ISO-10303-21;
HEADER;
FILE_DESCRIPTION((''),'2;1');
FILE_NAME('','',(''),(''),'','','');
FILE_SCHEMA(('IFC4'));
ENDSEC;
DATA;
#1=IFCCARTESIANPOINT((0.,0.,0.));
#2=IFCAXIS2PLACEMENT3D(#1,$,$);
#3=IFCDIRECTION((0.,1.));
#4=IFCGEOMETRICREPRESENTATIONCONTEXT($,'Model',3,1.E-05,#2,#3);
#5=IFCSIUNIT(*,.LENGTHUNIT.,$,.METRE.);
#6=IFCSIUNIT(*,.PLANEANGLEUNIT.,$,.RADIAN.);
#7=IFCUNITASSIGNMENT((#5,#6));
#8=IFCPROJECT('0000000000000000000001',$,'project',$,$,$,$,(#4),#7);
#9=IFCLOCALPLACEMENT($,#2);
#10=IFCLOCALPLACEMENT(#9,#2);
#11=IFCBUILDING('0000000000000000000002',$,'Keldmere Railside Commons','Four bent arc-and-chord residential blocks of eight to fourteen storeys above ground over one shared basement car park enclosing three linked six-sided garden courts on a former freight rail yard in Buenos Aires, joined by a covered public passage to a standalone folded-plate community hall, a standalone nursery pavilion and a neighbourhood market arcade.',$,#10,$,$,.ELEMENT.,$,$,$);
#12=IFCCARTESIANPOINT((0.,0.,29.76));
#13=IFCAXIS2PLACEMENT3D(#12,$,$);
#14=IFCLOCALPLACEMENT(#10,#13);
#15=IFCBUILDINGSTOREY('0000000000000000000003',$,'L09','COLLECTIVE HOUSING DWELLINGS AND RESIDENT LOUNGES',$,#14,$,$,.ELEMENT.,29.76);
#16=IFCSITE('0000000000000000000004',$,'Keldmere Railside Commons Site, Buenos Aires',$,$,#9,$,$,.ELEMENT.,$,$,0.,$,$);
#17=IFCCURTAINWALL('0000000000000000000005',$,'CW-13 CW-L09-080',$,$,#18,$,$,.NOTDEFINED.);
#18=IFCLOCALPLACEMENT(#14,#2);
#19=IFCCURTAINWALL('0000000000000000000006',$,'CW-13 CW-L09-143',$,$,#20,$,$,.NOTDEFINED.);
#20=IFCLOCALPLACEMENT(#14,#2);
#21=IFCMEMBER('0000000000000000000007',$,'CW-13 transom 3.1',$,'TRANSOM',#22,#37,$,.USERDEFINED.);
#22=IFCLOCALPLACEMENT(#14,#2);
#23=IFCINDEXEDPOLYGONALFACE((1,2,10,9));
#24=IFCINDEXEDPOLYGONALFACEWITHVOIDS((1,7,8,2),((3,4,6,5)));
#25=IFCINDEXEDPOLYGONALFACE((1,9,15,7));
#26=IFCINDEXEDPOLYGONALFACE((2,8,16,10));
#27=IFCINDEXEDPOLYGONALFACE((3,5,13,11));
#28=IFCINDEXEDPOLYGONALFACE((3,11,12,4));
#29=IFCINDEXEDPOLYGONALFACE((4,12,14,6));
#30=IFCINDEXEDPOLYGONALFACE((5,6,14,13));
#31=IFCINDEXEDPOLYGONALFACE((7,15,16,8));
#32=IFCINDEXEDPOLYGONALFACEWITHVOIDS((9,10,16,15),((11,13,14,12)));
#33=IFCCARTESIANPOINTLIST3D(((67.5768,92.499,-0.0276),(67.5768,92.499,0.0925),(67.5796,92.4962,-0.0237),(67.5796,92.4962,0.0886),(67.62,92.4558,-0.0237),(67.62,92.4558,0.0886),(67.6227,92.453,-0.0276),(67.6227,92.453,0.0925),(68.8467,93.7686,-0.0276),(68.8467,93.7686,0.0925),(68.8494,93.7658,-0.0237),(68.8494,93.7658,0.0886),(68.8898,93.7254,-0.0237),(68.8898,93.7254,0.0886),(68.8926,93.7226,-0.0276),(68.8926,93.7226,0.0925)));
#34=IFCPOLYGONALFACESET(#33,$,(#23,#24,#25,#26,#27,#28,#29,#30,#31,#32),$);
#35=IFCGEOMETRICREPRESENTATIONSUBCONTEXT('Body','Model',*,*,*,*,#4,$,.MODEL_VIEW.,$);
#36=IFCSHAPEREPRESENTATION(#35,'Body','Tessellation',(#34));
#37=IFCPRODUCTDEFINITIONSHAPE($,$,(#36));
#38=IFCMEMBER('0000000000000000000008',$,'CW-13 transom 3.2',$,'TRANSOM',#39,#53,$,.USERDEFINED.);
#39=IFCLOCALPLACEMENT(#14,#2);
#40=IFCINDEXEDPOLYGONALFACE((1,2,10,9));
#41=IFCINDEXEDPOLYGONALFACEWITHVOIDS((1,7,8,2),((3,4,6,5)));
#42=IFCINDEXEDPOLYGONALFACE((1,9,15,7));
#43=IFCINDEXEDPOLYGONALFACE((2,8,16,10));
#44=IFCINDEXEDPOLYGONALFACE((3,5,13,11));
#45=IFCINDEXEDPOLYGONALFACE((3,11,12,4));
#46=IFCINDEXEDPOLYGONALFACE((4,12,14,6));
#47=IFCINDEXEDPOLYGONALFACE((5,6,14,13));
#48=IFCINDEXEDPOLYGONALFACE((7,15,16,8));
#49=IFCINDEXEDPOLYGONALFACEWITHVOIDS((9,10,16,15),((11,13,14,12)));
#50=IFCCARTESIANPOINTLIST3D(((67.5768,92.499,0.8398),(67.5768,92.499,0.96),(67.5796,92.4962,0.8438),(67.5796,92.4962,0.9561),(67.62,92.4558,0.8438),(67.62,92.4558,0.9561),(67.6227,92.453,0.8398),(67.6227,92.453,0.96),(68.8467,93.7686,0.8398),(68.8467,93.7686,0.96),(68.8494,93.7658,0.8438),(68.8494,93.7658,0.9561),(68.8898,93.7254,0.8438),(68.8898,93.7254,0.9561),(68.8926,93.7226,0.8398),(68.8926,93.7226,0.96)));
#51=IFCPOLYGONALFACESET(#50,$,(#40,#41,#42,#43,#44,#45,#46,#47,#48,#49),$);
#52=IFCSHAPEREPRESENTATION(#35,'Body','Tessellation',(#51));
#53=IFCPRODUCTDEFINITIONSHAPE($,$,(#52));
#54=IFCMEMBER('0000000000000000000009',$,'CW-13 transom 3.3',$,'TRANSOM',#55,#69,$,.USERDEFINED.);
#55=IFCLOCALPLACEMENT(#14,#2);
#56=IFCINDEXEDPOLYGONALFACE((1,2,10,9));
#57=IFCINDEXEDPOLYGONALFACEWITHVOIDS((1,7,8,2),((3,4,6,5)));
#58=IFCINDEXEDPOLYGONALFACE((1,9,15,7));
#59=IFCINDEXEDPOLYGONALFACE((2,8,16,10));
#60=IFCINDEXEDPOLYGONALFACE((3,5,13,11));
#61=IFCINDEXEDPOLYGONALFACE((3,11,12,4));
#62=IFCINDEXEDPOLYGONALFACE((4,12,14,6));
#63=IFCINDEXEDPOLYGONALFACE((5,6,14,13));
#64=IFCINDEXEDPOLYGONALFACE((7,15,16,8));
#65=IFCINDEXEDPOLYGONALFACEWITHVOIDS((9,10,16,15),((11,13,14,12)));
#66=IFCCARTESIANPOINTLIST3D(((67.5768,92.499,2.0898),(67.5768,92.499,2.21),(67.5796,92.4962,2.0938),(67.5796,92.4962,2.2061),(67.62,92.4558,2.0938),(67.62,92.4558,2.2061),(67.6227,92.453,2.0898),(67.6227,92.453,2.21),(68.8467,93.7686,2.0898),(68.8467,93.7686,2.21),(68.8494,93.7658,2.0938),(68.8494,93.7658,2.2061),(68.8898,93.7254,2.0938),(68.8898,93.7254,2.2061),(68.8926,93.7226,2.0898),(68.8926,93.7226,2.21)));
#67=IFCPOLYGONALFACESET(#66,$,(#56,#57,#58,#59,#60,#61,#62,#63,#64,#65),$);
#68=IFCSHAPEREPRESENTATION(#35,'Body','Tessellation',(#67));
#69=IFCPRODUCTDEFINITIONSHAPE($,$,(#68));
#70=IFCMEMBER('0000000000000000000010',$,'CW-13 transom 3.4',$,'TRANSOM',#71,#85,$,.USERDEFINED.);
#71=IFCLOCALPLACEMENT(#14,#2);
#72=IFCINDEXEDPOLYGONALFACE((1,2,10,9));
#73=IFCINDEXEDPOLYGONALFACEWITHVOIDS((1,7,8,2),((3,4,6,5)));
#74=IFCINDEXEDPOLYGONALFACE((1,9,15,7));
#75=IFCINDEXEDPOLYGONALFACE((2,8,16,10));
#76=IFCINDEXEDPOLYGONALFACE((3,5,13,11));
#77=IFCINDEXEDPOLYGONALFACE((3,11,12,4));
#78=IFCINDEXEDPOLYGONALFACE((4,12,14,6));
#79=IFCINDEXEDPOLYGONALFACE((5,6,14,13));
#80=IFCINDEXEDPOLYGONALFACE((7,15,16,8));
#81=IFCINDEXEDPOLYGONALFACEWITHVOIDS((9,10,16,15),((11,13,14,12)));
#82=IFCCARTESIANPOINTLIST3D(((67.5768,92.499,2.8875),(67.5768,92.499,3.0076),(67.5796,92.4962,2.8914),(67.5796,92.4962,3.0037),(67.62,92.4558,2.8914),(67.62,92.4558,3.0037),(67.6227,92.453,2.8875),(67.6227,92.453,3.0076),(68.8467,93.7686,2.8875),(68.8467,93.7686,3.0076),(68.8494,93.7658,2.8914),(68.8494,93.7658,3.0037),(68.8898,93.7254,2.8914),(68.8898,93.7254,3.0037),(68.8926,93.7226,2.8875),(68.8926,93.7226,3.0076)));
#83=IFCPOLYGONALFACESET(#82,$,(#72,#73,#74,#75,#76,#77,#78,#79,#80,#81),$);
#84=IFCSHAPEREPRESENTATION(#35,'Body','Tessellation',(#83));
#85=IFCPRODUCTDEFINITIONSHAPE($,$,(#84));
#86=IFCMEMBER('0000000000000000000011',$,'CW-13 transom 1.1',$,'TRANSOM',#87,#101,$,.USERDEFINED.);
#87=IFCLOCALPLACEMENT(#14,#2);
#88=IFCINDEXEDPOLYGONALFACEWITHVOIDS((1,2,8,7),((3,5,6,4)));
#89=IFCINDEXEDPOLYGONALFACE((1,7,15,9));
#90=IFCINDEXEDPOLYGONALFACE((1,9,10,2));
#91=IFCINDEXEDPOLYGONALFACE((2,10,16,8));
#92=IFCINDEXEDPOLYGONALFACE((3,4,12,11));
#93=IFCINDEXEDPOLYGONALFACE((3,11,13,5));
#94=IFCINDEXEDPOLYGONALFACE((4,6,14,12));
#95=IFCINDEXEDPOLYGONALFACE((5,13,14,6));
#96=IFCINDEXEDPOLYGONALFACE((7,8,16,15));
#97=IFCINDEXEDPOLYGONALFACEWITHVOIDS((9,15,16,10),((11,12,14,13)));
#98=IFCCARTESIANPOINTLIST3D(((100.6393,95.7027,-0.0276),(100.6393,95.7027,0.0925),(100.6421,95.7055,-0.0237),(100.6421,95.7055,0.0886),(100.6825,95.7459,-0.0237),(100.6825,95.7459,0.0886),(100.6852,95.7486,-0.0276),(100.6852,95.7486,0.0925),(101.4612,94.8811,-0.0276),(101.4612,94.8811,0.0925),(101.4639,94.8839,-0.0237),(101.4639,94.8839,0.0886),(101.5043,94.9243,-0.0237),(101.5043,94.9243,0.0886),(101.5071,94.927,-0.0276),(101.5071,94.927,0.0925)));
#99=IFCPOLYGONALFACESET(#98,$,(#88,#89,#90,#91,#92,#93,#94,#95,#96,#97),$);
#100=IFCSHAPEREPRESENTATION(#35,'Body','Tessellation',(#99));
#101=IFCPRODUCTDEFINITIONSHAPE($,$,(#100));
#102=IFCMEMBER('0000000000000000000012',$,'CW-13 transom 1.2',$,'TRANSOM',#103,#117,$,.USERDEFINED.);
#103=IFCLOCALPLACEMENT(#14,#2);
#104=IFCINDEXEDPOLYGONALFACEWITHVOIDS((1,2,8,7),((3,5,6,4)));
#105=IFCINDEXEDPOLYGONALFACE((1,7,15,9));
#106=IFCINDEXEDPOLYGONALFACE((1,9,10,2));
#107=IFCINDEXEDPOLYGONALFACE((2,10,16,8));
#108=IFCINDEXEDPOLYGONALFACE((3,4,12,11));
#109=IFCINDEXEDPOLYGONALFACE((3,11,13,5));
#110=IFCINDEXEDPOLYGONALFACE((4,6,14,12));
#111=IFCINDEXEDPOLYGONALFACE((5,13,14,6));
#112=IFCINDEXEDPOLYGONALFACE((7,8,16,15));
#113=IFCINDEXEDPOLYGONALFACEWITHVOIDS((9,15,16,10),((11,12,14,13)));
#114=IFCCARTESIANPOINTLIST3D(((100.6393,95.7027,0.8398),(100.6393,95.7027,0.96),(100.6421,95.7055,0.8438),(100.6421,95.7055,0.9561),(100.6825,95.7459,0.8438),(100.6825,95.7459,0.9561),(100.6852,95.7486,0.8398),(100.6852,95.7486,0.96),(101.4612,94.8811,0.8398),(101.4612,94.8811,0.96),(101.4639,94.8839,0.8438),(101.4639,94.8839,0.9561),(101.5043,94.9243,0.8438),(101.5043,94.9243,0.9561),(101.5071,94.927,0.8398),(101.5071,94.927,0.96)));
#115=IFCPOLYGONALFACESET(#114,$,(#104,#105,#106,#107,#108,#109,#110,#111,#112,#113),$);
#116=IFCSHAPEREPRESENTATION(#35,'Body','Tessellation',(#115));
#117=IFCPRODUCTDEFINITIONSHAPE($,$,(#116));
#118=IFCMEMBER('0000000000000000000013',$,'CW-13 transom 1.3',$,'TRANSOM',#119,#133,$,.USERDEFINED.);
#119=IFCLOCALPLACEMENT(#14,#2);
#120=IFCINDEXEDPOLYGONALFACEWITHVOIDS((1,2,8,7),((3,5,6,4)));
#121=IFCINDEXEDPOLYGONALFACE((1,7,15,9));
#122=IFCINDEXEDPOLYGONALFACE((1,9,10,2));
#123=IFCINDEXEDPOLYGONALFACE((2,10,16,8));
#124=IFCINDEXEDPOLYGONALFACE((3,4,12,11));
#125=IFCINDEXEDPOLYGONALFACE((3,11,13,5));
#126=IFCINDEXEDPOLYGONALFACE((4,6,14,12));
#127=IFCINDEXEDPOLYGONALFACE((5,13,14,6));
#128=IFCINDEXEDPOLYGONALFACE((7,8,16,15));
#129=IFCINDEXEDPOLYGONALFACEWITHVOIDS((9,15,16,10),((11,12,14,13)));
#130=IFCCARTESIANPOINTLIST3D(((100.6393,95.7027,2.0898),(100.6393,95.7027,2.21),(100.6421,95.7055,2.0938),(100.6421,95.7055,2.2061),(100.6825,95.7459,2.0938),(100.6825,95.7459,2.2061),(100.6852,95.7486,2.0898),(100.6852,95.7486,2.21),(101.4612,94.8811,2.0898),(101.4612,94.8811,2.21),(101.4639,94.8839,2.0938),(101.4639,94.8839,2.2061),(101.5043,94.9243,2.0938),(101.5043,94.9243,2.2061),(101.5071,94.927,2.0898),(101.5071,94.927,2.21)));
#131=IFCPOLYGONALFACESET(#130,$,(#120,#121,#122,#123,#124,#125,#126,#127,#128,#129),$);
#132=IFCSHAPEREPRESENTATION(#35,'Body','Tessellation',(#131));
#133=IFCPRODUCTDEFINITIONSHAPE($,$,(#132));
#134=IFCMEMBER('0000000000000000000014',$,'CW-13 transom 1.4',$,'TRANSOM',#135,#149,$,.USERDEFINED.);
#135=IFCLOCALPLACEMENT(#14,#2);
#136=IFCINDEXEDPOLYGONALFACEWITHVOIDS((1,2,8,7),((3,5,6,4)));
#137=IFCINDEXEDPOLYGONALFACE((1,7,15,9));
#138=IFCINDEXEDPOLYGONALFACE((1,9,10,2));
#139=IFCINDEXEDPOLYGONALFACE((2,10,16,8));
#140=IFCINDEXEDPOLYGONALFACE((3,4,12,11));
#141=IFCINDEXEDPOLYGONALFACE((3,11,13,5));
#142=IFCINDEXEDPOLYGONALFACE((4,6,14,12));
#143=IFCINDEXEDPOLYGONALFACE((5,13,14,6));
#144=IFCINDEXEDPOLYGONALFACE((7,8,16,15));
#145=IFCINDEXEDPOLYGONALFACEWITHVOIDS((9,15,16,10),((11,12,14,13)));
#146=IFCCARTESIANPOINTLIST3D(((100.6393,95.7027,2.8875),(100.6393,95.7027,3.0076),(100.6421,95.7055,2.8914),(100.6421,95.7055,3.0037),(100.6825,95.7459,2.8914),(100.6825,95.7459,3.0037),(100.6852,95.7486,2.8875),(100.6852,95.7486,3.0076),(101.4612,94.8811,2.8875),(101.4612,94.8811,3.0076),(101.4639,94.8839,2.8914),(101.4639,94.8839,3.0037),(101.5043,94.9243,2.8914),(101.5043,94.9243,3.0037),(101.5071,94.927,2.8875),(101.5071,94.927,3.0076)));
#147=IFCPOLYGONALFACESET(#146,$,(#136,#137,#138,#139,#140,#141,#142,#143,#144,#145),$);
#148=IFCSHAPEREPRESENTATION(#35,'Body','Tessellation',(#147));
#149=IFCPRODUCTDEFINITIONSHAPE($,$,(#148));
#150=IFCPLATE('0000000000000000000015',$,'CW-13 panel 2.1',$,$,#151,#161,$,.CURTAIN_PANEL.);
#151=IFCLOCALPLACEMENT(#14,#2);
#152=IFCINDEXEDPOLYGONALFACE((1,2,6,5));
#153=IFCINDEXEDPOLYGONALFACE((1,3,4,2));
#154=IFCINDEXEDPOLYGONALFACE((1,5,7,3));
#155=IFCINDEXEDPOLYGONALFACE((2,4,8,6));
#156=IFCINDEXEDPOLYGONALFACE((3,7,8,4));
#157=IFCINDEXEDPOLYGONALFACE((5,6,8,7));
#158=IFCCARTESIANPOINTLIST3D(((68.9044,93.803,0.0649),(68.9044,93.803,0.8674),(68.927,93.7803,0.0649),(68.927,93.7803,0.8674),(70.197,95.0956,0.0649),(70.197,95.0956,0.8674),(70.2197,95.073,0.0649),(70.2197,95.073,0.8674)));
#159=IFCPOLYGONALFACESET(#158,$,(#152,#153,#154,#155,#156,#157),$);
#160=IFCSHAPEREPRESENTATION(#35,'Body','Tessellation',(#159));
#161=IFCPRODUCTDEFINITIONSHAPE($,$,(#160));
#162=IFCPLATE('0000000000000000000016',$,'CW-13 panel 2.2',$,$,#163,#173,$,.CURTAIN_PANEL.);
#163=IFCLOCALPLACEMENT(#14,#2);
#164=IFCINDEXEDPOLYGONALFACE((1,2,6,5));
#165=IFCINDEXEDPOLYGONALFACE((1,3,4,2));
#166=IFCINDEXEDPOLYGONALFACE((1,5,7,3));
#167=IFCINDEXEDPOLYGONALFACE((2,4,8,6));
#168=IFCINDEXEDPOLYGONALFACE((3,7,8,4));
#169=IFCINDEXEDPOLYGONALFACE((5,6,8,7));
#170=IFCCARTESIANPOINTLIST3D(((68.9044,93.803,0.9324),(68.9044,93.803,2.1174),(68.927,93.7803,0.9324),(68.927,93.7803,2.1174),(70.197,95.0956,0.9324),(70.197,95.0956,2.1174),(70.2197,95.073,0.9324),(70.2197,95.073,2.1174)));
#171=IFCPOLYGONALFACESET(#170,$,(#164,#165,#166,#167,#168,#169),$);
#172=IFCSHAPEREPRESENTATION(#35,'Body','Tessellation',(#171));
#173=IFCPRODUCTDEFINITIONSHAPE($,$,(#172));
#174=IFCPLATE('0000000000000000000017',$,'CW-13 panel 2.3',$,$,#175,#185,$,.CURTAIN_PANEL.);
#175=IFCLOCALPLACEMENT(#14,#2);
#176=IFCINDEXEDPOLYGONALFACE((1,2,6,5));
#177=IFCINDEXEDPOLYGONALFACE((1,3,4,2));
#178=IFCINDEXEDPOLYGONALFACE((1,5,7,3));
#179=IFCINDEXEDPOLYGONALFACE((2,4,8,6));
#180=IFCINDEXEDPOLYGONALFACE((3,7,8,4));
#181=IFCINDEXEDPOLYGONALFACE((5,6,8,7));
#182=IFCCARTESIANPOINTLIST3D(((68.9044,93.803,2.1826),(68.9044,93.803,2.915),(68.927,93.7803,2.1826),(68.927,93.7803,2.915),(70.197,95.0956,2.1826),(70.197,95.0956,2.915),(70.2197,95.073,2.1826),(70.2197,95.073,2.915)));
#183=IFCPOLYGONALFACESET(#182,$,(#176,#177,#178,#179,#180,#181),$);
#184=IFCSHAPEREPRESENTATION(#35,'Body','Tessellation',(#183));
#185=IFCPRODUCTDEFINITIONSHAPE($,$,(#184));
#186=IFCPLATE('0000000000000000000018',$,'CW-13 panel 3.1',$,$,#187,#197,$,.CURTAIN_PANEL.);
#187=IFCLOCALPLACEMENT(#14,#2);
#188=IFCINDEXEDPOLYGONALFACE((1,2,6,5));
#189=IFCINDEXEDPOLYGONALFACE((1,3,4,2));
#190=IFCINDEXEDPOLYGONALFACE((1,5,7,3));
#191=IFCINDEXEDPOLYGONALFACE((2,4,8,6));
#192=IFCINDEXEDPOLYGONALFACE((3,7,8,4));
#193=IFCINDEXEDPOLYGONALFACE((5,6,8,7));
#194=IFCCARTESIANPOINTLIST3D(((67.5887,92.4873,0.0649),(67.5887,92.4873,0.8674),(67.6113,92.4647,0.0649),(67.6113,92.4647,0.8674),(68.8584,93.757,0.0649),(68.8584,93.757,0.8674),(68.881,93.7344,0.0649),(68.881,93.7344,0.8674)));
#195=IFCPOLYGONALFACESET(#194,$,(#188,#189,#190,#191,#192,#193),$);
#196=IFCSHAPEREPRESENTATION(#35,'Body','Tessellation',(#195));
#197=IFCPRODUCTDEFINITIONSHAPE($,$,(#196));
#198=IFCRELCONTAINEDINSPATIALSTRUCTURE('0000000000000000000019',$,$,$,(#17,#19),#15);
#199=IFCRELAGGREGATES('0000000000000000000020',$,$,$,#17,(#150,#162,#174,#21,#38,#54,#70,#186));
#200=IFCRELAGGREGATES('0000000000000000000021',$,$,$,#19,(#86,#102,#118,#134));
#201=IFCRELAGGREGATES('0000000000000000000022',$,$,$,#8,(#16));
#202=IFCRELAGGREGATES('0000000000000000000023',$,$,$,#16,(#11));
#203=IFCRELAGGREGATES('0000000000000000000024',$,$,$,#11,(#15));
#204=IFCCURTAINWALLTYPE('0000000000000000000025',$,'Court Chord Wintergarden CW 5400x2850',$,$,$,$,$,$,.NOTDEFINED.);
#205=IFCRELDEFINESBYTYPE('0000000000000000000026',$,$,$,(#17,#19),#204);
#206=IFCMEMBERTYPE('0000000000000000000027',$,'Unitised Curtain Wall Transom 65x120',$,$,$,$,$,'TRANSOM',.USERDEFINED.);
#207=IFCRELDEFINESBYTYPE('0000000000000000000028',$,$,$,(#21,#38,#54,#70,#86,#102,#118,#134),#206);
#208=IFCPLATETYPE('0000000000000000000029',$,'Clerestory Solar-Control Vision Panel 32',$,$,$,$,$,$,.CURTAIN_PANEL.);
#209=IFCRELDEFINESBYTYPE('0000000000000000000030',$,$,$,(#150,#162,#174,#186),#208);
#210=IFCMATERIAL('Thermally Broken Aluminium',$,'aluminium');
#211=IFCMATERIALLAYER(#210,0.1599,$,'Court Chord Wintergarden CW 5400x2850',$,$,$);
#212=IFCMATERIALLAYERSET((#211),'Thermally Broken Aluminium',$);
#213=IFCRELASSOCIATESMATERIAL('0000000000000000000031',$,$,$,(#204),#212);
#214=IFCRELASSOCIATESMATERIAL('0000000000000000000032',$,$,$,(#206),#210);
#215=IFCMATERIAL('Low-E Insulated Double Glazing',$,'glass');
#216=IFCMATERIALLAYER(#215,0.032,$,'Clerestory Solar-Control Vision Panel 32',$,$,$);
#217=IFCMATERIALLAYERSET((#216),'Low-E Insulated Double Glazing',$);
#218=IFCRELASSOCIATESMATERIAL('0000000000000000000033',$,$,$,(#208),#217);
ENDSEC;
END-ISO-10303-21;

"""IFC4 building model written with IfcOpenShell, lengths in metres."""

from ifc_helpers import new_model, si_unit, direction, frame, origin, origin_2d, place, context, subcontext, project, spatial, rectangle, hollow_rectangle, extrude, material, layer, layer_set, material_profile, profile_set, type_object, element, aggregate, save


model = new_model("IFC4")

# Units and contexts
model_context = context("Model", 3, precision=1e-05, world=origin(), true_north=direction((0.0, 1.0)))
body_context = subcontext(model_context, "Body", "Model", "MODEL_VIEW")
ifc_project = project(units=[si_unit("LENGTHUNIT", "METRE"), si_unit("PLANEANGLEUNIT", "RADIAN")], contexts=[model_context])

# Site, building, storey
site_placement = place(None, origin())
site = spatial("IfcSite", under=ifc_project, at=site_placement, Name="Keldmere Railside Commons Site, Buenos Aires", CompositionType="ELEMENT", RefElevation=0.0)
building_placement = place(site_placement, origin())
building = spatial("IfcBuilding", under=site, at=building_placement, Name="Keldmere Railside Commons", Description="Four bent arc-and-chord residential blocks of eight to fourteen storeys above ground over one shared basement car park enclosing three linked six-sided garden courts on a former freight rail yard in Buenos Aires, joined by a covered public passage to a standalone folded-plate community hall, a standalone nursery pavilion and a neighbourhood market arcade.", CompositionType="ELEMENT")
storey_placement = place(building_placement, frame((0.0, 0.0, 29.76)))
storey = spatial("IfcBuildingStorey", under=building, at=storey_placement, Name="L09", Description="COLLECTIVE HOUSING DWELLINGS AND RESIDENT LOUNGES", CompositionType="ELEMENT", Elevation=29.76)

# Shared definitions
ifc_material_1 = material(Name="Thermally Broken Aluminium", Category="aluminium")

# Curtain wall
ifc_layer_1 = layer(ifc_material_1, 0.1599, Name="Court Chord Wintergarden CW 5400x2850")
ifc_layer_set_1 = layer_set([ifc_layer_1], Name="Thermally Broken Aluminium")
curtain_wall_type_1 = type_object("IfcCurtainWallType", Name="Court Chord Wintergarden CW 5400x2850", PredefinedType="NOTDEFINED", material=ifc_layer_set_1)
curtain_wall_1_placement = place(storey_placement, origin())
curtain_wall_1 = element("IfcCurtainWall", 1, at=curtain_wall_1_placement, inside=storey, type_object=curtain_wall_type_1, Name="CW-13 CW-L09-080", PredefinedType="NOTDEFINED")

# Curtain wall
curtain_wall_2_placement = place(storey_placement, origin())
curtain_wall_2 = element("IfcCurtainWall", 2, at=curtain_wall_2_placement, inside=storey, type_object=curtain_wall_type_1, Name="CW-13 CW-L09-143", PredefinedType="NOTDEFINED")

# Members
ifc_material_profile_1 = material_profile(ifc_material_1, hollow_rectangle(XDim=0.0649, YDim=0.1201, WallThickness=0.0039, at=origin_2d()), Name="ALU-TRAN-65x120")
ifc_profile_set_1 = profile_set([ifc_material_profile_1], Name="Thermally Broken Aluminium")
member_type_1 = type_object("IfcMemberType", Name="Unitised Curtain Wall Transom 65x120", ElementType="TRANSOM", PredefinedType="USERDEFINED", material=ifc_profile_set_1)
member_1_placement = place(storey_placement, frame((68.8696, 93.7456, 0.0325), z_axis=(-0.707175, -0.707039, 0.0), x_axis=(0.707039, -0.707175, 0.0)))
member_1 = element("IfcMember", 3, at=member_1_placement, type_object=member_type_1, Name="CW-13 transom 3.1", ObjectType="TRANSOM", PredefinedType="USERDEFINED", context=body_context, shape_type="SweptSolid", body=[
    extrude(hollow_rectangle(XDim=0.0649, YDim=0.1201, WallThickness=0.0039, at=origin_2d()), origin(), (0.0, 0.0, 1.0), 1.7957),
])
member_2_placement = place(storey_placement, frame((68.8696, 93.7456, 0.8999), z_axis=(-0.707175, -0.707039, 0.0), x_axis=(0.707039, -0.707175, 0.0)))
member_2 = element("IfcMember", 4, at=member_2_placement, type_object=member_type_1, Name="CW-13 transom 3.2", ObjectType="TRANSOM", PredefinedType="USERDEFINED", context=body_context, shape_type="SweptSolid", body=[
    extrude(hollow_rectangle(XDim=0.0649, YDim=0.1201, WallThickness=0.0039, at=origin_2d()), origin(), (0.0, 0.0, 1.0), 1.7957),
])
member_3_placement = place(storey_placement, frame((68.8696, 93.7456, 2.1499), z_axis=(-0.707175, -0.707039, 0.0), x_axis=(0.707039, -0.707175, 0.0)))
member_3 = element("IfcMember", 5, at=member_3_placement, type_object=member_type_1, Name="CW-13 transom 3.3", ObjectType="TRANSOM", PredefinedType="USERDEFINED", context=body_context, shape_type="SweptSolid", body=[
    extrude(hollow_rectangle(XDim=0.0649, YDim=0.1201, WallThickness=0.0039, at=origin_2d()), origin(), (0.0, 0.0, 1.0), 1.7957),
])
member_4_placement = place(storey_placement, frame((68.8696, 93.7456, 2.9475), z_axis=(-0.707175, -0.707039, 0.0), x_axis=(0.707039, -0.707175, 0.0)))
member_4 = element("IfcMember", 6, at=member_4_placement, type_object=member_type_1, Name="CW-13 transom 3.4", ObjectType="TRANSOM", PredefinedType="USERDEFINED", context=body_context, shape_type="SweptSolid", body=[
    extrude(hollow_rectangle(XDim=0.0649, YDim=0.1201, WallThickness=0.0039, at=origin_2d()), origin(), (0.0, 0.0, 1.0), 1.7957),
])
member_5_placement = place(storey_placement, frame((101.4841, 94.9041, 0.0325), z_axis=(-0.707212, 0.707002, 0.0), x_axis=(-0.707002, -0.707212, 0.0)))
member_5 = element("IfcMember", 7, at=member_5_placement, type_object=member_type_1, Name="CW-13 transom 1.1", ObjectType="TRANSOM", PredefinedType="USERDEFINED", context=body_context, shape_type="SweptSolid", body=[
    extrude(hollow_rectangle(XDim=0.0649, YDim=0.1201, WallThickness=0.0039, at=origin_2d()), origin(), (0.0, 0.0, 1.0), 1.1621),
])
member_6_placement = place(storey_placement, frame((101.4841, 94.9041, 0.8999), z_axis=(-0.707212, 0.707002, 0.0), x_axis=(-0.707002, -0.707212, 0.0)))
member_6 = element("IfcMember", 8, at=member_6_placement, type_object=member_type_1, Name="CW-13 transom 1.2", ObjectType="TRANSOM", PredefinedType="USERDEFINED", context=body_context, shape_type="SweptSolid", body=[
    extrude(hollow_rectangle(XDim=0.0649, YDim=0.1201, WallThickness=0.0039, at=origin_2d()), origin(), (0.0, 0.0, 1.0), 1.1621),
])
member_7_placement = place(storey_placement, frame((101.4841, 94.9041, 2.1499), z_axis=(-0.707212, 0.707002, 0.0), x_axis=(-0.707002, -0.707212, 0.0)))
member_7 = element("IfcMember", 9, at=member_7_placement, type_object=member_type_1, Name="CW-13 transom 1.3", ObjectType="TRANSOM", PredefinedType="USERDEFINED", context=body_context, shape_type="SweptSolid", body=[
    extrude(hollow_rectangle(XDim=0.0649, YDim=0.1201, WallThickness=0.0039, at=origin_2d()), origin(), (0.0, 0.0, 1.0), 1.1621),
])
member_8_placement = place(storey_placement, frame((101.4841, 94.9041, 2.9475), z_axis=(-0.707212, 0.707002, 0.0), x_axis=(-0.707002, -0.707212, 0.0)))
member_8 = element("IfcMember", 10, at=member_8_placement, type_object=member_type_1, Name="CW-13 transom 1.4", ObjectType="TRANSOM", PredefinedType="USERDEFINED", context=body_context, shape_type="SweptSolid", body=[
    extrude(hollow_rectangle(XDim=0.0649, YDim=0.1201, WallThickness=0.0039, at=origin_2d()), origin(), (0.0, 0.0, 1.0), 1.1621),
])

# Plates
ifc_material_2 = material(Name="Low-E Insulated Double Glazing", Category="glass")
ifc_layer_2 = layer(ifc_material_2, 0.032, Name="Clerestory Solar-Control Vision Panel 32")
ifc_layer_set_2 = layer_set([ifc_layer_2], Name="Low-E Insulated Double Glazing")
plate_type_1 = type_object("IfcPlateType", Name="Clerestory Solar-Control Vision Panel 32", PredefinedType="CURTAIN_PANEL", material=ifc_layer_set_2)
plate_1_placement = place(storey_placement, frame((69.562, 94.438, 0.0649), z_axis=(0.0, 0.0, 1.0), x_axis=(-0.707107, -0.707107, 0.0)))
plate_1 = element("IfcPlate", 11, at=plate_1_placement, type_object=plate_type_1, Name="CW-13 panel 2.1", PredefinedType="CURTAIN_PANEL", context=body_context, shape_type="SweptSolid", body=[
    extrude(rectangle(XDim=1.8281, YDim=0.032, at=origin_2d()), origin(), (0.0, 0.0, 1.0), 0.8025),
])
plate_2_placement = place(storey_placement, frame((69.562, 94.438, 0.9324), z_axis=(0.0, 0.0, 1.0), x_axis=(-0.707107, -0.707107, 0.0)))
plate_2 = element("IfcPlate", 12, at=plate_2_placement, type_object=plate_type_1, Name="CW-13 panel 2.2", PredefinedType="CURTAIN_PANEL", context=body_context, shape_type="SweptSolid", body=[
    extrude(rectangle(XDim=1.8281, YDim=0.032, at=origin_2d()), origin(), (0.0, 0.0, 1.0), 1.1851),
])
plate_3_placement = place(storey_placement, frame((69.562, 94.438, 2.1826), z_axis=(0.0, 0.0, 1.0), x_axis=(-0.707107, -0.707107, 0.0)))
plate_3 = element("IfcPlate", 13, at=plate_3_placement, type_object=plate_type_1, Name="CW-13 panel 2.3", PredefinedType="CURTAIN_PANEL", context=body_context, shape_type="SweptSolid", body=[
    extrude(rectangle(XDim=1.8281, YDim=0.032, at=origin_2d()), origin(), (0.0, 0.0, 1.0), 0.7324),
])
plate_4_placement = place(storey_placement, frame((68.2349, 93.1108, 0.0649), z_axis=(0.0, 0.0, 1.0), x_axis=(-0.707107, -0.707107, 0.0)))
plate_4 = element("IfcPlate", 14, at=plate_4_placement, type_object=plate_type_1, Name="CW-13 panel 3.1", PredefinedType="CURTAIN_PANEL", context=body_context, shape_type="SweptSolid", body=[
    extrude(rectangle(XDim=1.7957, YDim=0.032, at=origin_2d()), origin(), (0.0, 0.0, 1.0), 0.8025),
])
aggregate(curtain_wall_1, [plate_1, plate_2, plate_3, member_1, member_2, member_3, member_4, plate_4])
aggregate(curtain_wall_2, [member_5, member_6, member_7, member_8])

save(model, "model.ifc")
